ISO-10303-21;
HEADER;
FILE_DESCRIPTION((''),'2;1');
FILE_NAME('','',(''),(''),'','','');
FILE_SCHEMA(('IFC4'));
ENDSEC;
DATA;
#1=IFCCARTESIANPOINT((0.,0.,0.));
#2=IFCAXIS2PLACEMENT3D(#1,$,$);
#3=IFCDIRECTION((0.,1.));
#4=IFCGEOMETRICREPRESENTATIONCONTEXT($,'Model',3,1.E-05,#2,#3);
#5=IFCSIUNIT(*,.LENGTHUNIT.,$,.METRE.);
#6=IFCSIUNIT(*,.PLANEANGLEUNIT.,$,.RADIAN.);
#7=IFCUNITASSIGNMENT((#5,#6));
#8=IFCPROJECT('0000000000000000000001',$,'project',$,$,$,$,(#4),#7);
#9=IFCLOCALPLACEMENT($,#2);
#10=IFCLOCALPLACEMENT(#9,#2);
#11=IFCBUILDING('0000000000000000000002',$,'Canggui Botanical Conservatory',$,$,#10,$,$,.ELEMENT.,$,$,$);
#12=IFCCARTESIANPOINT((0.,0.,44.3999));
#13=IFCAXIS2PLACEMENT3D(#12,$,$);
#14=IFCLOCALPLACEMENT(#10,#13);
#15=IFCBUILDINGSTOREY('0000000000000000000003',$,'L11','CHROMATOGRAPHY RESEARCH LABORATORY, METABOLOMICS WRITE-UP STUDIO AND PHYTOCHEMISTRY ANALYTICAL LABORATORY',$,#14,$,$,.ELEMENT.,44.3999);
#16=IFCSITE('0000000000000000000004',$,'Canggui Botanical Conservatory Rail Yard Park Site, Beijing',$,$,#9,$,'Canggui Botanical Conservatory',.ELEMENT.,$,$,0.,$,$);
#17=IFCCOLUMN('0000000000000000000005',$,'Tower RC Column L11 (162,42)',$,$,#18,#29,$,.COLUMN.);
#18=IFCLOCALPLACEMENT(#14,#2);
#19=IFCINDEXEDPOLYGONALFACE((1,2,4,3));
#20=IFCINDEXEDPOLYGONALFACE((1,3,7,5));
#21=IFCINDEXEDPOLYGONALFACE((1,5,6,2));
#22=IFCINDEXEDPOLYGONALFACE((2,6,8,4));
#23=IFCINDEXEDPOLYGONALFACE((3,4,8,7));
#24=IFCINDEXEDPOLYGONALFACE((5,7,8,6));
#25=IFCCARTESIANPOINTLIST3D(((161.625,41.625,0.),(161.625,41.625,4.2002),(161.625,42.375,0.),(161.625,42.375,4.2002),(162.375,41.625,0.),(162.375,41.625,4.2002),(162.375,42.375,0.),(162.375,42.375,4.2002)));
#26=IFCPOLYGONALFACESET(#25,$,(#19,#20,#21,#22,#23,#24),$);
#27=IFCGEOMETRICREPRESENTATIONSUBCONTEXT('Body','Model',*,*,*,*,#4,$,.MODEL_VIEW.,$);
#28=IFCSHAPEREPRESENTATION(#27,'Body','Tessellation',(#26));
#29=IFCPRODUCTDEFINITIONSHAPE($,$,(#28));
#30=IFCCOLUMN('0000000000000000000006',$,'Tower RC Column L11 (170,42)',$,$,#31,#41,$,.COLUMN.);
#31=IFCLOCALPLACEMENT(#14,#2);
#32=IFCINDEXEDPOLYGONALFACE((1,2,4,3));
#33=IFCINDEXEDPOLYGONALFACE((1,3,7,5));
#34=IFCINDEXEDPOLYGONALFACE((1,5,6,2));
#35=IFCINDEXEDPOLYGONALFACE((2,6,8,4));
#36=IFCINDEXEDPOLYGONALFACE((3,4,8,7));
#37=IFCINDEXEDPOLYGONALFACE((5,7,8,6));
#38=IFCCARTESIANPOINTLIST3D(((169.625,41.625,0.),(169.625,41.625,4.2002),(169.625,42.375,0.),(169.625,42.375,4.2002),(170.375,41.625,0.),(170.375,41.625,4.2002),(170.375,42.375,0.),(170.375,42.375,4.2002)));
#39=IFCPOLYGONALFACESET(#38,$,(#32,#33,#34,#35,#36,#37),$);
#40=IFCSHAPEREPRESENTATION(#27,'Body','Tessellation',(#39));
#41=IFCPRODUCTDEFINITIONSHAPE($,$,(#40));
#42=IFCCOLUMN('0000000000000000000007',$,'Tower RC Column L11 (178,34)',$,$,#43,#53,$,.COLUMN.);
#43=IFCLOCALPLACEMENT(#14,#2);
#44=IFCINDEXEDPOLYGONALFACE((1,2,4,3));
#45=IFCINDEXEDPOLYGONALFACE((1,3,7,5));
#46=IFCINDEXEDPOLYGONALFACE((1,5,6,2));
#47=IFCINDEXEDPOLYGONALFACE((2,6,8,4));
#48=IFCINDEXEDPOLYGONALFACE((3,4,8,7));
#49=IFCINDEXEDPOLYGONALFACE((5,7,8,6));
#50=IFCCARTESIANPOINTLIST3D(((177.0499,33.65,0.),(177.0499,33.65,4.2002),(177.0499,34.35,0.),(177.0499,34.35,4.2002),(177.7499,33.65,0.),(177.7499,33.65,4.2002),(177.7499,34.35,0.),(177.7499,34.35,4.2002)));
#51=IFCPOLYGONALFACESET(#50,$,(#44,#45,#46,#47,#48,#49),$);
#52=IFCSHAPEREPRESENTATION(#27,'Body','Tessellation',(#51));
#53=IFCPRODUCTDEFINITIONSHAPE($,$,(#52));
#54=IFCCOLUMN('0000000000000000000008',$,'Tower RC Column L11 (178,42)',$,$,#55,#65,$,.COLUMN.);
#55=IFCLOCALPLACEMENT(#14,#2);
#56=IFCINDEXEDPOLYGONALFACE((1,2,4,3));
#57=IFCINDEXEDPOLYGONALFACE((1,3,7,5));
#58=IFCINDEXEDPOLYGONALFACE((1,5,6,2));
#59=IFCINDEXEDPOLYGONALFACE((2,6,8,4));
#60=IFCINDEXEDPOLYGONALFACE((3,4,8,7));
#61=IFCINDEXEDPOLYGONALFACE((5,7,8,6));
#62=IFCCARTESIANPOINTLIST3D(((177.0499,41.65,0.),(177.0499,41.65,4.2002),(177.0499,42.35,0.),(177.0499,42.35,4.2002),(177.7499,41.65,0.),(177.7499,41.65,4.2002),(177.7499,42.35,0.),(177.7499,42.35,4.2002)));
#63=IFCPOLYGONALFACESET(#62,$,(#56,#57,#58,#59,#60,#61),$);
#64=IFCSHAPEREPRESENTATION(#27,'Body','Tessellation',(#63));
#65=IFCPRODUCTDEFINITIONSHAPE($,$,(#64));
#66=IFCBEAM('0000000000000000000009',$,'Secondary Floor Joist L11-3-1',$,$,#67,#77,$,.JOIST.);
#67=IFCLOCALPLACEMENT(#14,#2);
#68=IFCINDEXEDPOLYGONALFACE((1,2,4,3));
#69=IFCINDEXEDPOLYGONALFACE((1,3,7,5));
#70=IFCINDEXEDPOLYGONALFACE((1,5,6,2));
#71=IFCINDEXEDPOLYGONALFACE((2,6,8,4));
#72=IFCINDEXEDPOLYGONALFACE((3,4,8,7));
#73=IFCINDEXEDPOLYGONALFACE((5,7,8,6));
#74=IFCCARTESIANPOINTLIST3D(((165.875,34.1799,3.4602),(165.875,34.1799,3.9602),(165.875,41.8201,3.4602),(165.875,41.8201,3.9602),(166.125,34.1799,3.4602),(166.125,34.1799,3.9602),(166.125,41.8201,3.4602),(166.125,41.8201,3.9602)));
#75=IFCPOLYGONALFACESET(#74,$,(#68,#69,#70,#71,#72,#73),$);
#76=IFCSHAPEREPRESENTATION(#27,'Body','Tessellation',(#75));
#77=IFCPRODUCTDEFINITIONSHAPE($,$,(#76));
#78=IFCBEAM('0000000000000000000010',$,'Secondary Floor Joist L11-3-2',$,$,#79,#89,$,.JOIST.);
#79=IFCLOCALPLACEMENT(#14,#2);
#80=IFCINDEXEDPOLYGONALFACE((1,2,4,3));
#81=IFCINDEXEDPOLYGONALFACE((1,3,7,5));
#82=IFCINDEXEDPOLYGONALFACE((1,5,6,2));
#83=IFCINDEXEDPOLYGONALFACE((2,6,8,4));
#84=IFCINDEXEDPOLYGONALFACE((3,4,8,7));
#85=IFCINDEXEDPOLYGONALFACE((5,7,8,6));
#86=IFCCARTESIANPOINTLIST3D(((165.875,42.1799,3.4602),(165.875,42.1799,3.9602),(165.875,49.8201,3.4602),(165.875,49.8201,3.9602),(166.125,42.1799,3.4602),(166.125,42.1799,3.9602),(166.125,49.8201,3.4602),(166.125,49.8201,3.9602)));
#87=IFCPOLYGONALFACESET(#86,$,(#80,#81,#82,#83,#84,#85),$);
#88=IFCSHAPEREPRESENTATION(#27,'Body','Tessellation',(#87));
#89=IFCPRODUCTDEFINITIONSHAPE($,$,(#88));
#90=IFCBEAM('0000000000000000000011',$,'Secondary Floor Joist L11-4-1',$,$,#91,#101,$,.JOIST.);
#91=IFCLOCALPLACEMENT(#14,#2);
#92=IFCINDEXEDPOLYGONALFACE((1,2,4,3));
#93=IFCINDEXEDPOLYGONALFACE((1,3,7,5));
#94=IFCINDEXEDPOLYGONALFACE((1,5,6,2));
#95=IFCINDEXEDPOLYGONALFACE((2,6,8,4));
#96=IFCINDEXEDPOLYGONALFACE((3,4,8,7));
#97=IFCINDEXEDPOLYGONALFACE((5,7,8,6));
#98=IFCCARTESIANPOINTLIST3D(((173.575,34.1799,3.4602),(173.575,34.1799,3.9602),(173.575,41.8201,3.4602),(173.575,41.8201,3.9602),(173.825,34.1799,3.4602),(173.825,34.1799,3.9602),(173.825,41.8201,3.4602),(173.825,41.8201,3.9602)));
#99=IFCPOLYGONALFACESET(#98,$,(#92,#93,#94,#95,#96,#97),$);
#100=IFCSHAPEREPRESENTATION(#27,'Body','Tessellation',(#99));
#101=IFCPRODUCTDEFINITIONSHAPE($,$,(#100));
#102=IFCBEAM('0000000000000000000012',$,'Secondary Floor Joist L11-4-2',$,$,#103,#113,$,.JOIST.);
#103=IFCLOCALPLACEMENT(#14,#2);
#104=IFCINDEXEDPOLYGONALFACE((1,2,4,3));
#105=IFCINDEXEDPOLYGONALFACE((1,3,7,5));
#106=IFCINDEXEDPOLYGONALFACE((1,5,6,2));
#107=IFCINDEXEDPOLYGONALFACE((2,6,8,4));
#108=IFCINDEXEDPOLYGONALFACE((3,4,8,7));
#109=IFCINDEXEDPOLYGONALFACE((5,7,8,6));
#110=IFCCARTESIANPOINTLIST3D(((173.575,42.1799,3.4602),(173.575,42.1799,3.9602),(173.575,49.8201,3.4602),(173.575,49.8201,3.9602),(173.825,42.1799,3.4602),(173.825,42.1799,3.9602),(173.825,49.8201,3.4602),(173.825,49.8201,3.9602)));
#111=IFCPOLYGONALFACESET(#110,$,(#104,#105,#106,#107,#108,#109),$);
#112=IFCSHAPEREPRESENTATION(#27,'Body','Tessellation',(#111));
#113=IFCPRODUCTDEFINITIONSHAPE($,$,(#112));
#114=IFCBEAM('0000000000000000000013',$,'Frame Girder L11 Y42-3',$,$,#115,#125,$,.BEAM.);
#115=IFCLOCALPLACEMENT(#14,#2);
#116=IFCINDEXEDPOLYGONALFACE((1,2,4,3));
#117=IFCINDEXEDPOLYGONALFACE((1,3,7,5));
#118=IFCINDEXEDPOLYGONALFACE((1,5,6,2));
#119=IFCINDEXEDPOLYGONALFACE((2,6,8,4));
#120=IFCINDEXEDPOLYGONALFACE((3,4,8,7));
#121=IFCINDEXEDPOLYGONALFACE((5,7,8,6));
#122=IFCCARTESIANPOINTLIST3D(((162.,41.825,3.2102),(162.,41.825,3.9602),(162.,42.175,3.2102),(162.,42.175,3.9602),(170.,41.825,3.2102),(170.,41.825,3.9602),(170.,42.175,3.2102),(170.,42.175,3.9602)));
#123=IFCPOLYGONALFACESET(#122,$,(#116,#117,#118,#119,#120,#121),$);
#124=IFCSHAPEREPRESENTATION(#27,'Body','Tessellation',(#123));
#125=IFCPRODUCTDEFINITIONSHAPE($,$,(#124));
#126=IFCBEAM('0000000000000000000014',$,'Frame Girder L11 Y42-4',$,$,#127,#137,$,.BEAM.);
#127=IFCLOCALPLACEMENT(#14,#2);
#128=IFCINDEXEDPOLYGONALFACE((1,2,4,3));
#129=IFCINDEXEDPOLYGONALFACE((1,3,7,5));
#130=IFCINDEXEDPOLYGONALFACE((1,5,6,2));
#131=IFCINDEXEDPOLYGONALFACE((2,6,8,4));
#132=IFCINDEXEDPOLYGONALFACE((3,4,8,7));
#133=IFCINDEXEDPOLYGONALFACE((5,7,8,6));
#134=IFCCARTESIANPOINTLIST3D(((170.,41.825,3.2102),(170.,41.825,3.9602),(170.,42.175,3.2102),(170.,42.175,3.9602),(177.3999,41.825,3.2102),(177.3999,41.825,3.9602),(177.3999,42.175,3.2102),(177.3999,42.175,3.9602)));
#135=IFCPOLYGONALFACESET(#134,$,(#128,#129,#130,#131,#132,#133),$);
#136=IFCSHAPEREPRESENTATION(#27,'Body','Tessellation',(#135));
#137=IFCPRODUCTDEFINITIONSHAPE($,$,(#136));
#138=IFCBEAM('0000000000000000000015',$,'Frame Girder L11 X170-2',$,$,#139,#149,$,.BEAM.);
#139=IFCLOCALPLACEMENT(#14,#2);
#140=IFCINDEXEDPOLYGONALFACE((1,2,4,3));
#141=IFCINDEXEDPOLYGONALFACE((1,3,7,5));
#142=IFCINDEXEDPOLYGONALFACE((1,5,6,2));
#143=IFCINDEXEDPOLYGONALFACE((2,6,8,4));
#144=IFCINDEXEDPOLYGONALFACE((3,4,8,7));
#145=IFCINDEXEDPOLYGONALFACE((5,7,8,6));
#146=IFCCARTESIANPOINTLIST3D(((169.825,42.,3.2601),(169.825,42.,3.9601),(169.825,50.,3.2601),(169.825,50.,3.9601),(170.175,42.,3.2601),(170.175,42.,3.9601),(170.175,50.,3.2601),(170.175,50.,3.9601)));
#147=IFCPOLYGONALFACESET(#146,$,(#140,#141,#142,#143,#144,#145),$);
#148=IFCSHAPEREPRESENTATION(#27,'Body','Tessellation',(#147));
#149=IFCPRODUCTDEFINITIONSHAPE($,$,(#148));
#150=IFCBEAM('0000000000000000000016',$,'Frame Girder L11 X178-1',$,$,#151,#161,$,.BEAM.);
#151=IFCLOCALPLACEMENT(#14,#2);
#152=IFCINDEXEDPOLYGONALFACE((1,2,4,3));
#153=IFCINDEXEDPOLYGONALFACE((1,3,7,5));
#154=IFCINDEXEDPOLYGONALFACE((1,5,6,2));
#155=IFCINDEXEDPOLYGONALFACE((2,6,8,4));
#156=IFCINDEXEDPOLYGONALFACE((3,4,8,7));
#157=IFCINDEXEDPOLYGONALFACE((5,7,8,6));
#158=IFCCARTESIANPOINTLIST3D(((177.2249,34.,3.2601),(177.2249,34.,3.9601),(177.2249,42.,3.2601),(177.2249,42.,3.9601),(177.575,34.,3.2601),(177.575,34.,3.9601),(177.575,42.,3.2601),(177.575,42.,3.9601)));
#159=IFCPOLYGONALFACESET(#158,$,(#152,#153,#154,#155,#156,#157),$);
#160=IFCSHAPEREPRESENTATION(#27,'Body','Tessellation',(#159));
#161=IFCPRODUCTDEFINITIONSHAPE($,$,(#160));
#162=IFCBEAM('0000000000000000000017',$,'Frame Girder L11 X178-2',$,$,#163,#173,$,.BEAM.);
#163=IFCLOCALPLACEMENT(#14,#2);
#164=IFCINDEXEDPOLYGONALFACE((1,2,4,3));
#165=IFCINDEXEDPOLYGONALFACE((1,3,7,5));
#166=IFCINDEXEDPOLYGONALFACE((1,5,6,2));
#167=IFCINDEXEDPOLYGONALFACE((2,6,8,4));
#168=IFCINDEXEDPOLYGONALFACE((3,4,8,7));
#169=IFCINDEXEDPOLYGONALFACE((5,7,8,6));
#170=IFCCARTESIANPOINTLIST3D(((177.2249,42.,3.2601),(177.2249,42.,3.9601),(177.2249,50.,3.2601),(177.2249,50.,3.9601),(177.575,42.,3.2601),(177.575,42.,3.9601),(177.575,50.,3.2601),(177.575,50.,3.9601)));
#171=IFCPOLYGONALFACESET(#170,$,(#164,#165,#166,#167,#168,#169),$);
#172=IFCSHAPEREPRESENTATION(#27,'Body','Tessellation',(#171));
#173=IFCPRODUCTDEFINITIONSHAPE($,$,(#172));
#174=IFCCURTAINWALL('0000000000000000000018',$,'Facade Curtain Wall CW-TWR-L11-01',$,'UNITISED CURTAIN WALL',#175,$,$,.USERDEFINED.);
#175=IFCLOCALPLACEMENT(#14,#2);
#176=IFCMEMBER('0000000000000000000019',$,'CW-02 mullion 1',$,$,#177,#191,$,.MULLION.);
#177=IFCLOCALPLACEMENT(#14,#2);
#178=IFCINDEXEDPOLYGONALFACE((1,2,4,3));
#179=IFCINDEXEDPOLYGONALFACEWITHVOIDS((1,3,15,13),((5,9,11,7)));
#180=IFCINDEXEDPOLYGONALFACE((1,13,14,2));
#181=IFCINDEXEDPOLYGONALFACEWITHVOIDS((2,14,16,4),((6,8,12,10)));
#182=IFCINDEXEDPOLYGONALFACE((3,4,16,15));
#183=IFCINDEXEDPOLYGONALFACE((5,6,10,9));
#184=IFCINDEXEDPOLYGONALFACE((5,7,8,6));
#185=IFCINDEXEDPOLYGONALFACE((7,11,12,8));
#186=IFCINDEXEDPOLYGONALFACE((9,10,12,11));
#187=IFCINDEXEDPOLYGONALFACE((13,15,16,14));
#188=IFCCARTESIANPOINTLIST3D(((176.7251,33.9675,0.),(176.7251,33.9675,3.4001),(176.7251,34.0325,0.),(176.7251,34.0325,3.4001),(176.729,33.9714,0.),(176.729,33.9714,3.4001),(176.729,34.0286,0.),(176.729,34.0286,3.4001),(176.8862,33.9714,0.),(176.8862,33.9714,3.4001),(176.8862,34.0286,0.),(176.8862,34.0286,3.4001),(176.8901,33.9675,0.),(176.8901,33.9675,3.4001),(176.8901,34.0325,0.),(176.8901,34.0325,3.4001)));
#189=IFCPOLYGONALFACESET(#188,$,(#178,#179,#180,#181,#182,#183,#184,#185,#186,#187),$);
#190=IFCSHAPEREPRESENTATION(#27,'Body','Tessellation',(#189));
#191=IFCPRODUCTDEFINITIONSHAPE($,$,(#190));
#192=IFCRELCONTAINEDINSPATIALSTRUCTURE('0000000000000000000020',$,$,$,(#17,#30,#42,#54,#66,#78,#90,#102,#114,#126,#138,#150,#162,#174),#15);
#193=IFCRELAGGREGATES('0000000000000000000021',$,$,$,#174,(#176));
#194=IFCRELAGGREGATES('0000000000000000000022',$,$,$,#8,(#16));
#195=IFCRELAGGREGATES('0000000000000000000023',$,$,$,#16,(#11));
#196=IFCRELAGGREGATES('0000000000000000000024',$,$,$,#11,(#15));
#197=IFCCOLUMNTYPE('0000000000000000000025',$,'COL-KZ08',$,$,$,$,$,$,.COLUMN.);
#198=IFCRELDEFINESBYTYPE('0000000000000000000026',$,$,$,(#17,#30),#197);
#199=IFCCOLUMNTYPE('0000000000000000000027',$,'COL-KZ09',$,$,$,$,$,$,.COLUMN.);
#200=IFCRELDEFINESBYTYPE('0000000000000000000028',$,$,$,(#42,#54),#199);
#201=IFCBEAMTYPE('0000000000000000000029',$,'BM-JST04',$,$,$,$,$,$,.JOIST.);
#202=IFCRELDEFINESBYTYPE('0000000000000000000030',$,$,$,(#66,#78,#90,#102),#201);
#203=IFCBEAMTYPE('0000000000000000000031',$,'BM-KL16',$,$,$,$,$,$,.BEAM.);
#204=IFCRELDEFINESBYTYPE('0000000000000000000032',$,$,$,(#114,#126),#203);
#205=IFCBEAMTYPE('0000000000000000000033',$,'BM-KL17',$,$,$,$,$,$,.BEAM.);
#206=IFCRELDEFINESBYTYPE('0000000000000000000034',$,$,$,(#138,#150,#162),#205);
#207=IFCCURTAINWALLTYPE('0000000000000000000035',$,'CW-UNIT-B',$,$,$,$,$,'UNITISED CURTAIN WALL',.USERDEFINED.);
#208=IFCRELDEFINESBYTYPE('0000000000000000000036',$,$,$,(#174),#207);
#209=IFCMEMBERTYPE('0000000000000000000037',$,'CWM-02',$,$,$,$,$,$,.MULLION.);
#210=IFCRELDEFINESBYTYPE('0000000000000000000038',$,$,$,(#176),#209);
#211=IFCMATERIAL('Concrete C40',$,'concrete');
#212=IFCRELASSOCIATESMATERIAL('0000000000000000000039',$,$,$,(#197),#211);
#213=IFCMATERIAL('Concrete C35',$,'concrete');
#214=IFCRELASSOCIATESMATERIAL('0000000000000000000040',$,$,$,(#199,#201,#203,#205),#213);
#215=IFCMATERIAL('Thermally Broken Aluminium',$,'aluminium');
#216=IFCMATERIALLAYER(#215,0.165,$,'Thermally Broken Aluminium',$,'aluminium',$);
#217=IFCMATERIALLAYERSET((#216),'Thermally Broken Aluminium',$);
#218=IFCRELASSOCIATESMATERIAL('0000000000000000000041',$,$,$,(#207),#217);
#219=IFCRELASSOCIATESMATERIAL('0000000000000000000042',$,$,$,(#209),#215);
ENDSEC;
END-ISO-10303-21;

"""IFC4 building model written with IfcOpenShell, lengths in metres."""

from ifc_helpers import new_model, si_unit, direction, frame, origin, origin_2d, place, context, subcontext, project, spatial, rectangle, hollow_rectangle, extrude, material, layer, layer_set, material_profile, profile_set, type_object, element, aggregate, save


model = new_model("IFC4")

# Units and contexts
model_context = context("Model", 3, precision=1e-05, world=origin(), true_north=direction((0.0, 1.0)))
body_context = subcontext(model_context, "Body", "Model", "MODEL_VIEW")
ifc_project = project(units=[si_unit("LENGTHUNIT", "METRE"), si_unit("PLANEANGLEUNIT", "RADIAN")], contexts=[model_context])

# Site, building, storey
site_placement = place(None, origin())
site = spatial("IfcSite", under=ifc_project, at=site_placement, Name="Canggui Botanical Conservatory Rail Yard Park Site, Beijing", LongName="Canggui Botanical Conservatory", CompositionType="ELEMENT", RefElevation=0.0)
building_placement = place(site_placement, origin())
building = spatial("IfcBuilding", under=site, at=building_placement, Name="Canggui Botanical Conservatory", CompositionType="ELEMENT")
storey_placement = place(building_placement, frame((0.0, 0.0, 44.3999)))
storey = spatial("IfcBuildingStorey", under=building, at=storey_placement, Name="L11", Description="CHROMATOGRAPHY RESEARCH LABORATORY, METABOLOMICS WRITE-UP STUDIO AND PHYTOCHEMISTRY ANALYTICAL LABORATORY", CompositionType="ELEMENT", Elevation=44.3999)

# Columns
ifc_material_1 = material(Name="Concrete C40", Category="concrete")
ifc_material_profile_1 = material_profile(ifc_material_1, rectangle(XDim=0.75, YDim=0.75, at=origin_2d()), Name="RC 750x750")
ifc_profile_set_1 = profile_set([ifc_material_profile_1], Name="Concrete C40")
column_type_1 = type_object("IfcColumnType", Name="COL-KZ08", PredefinedType="COLUMN", material=ifc_profile_set_1)
for number, where, z_axis, x_axis, name in (
    (1, (162.0, 42.0, 0.0), (0.0, 0.0, 1.0), (1.0, 0.0, 0.0), "Tower RC Column L11 (162,42)"),
    (2, (170.0, 42.0, 0.0), (0.0, 0.0, 1.0), (1.0, 0.0, 0.0), "Tower RC Column L11 (170,42)"),
):
    element("IfcColumn", number, at=place(storey_placement, frame(where, z_axis=z_axis, x_axis=x_axis)), inside=storey, type_object=column_type_1, Name=name, PredefinedType="COLUMN", context=body_context, shape_type="SweptSolid", body=[
        extrude(rectangle(XDim=0.75, YDim=0.75, at=origin_2d()), origin(), (0.0, 0.0, 1.0), 4.2002),
    ])
ifc_material_2 = material(Name="Concrete C35", Category="concrete")
ifc_material_profile_2 = material_profile(ifc_material_2, rectangle(XDim=0.7, YDim=0.7, at=origin_2d()), Name="RC 700x700")
ifc_profile_set_2 = profile_set([ifc_material_profile_2], Name="Concrete C35")
column_type_2 = type_object("IfcColumnType", Name="COL-KZ09", PredefinedType="COLUMN", material=ifc_profile_set_2)
for number, where, z_axis, x_axis, name in (
    (3, (177.3999, 34.0, 0.0), (0.0, 0.0, 1.0), (1.0, 0.0, 0.0), "Tower RC Column L11 (178,34)"),
    (4, (177.3999, 42.0, 0.0), (0.0, 0.0, 1.0), (1.0, 0.0, 0.0), "Tower RC Column L11 (178,42)"),
):
    element("IfcColumn", number, at=place(storey_placement, frame(where, z_axis=z_axis, x_axis=x_axis)), inside=storey, type_object=column_type_2, Name=name, PredefinedType="COLUMN", context=body_context, shape_type="SweptSolid", body=[
        extrude(rectangle(XDim=0.7, YDim=0.7, at=origin_2d()), origin(), (0.0, 0.0, 1.0), 4.2002),
    ])

# Beams
ifc_material_profile_3 = material_profile(ifc_material_2, rectangle(XDim=0.25, YDim=0.5, at=origin_2d()), Name="RB 250x500")
ifc_profile_set_3 = profile_set([ifc_material_profile_3], Name="Concrete C35")
beam_type_1 = type_object("IfcBeamType", Name="BM-JST04", PredefinedType="JOIST", material=ifc_profile_set_3)
for number, where, z_axis, x_axis, name in (
    (5, (166.0, 34.1799, 3.7102), (0.0, 1.0, 0.0), (-1.0, 0.0, 0.0), "Secondary Floor Joist L11-3-1"),
    (6, (166.0, 42.1799, 3.7102), (0.0, 1.0, 0.0), (-1.0, 0.0, 0.0), "Secondary Floor Joist L11-3-2"),
    (7, (173.7, 34.1799, 3.7102), (0.0, 1.0, 0.0), (-1.0, 0.0, 0.0), "Secondary Floor Joist L11-4-1"),
    (8, (173.7, 42.1799, 3.7102), (0.0, 1.0, 0.0), (-1.0, 0.0, 0.0), "Secondary Floor Joist L11-4-2"),
):
    element("IfcBeam", number, at=place(storey_placement, frame(where, z_axis=z_axis, x_axis=x_axis)), inside=storey, type_object=beam_type_1, Name=name, PredefinedType="JOIST", context=body_context, shape_type="SweptSolid", body=[
        extrude(rectangle(XDim=0.25, YDim=0.5, at=origin_2d()), origin(), (0.0, 0.0, 1.0), 7.6401),
    ])
ifc_material_profile_4 = material_profile(ifc_material_2, rectangle(XDim=0.3501, YDim=0.75, at=origin_2d()), Name="RB 350x750")
ifc_profile_set_4 = profile_set([ifc_material_profile_4], Name="Concrete C35")
beam_type_2 = type_object("IfcBeamType", Name="BM-KL16", PredefinedType="BEAM", material=ifc_profile_set_4)
beam_1_placement = place(storey_placement, frame((162.0, 42.0, 3.5852), z_axis=(1.0, 0.0, 0.0), x_axis=(0.0, 1.0, 0.0)))
element("IfcBeam", 9, at=beam_1_placement, inside=storey, type_object=beam_type_2, Name="Frame Girder L11 Y42-3", PredefinedType="BEAM", context=body_context, shape_type="SweptSolid", body=[
    extrude(rectangle(XDim=0.3501, YDim=0.75, at=origin_2d()), origin(), (0.0, 0.0, 1.0), 8.0),
])
beam_2_placement = place(storey_placement, frame((170.0, 42.0, 3.5852), z_axis=(1.0, 0.0, 0.0), x_axis=(0.0, 1.0, 0.0)))
element("IfcBeam", 10, at=beam_2_placement, inside=storey, type_object=beam_type_2, Name="Frame Girder L11 Y42-4", PredefinedType="BEAM", context=body_context, shape_type="SweptSolid", body=[
    extrude(rectangle(XDim=0.3501, YDim=0.75, at=origin_2d()), origin(), (0.0, 0.0, 1.0), 7.3999),
])
ifc_material_profile_5 = material_profile(ifc_material_2, rectangle(XDim=0.3501, YDim=0.7, at=origin_2d()), Name="RB 350x700")
ifc_profile_set_5 = profile_set([ifc_material_profile_5], Name="Concrete C35")
beam_type_3 = type_object("IfcBeamType", Name="BM-KL17", PredefinedType="BEAM", material=ifc_profile_set_5)
for number, where, z_axis, x_axis, name in (
    (11, (170.0, 42.0, 3.6101), (0.0, 1.0, 0.0), (-1.0, 0.0, 0.0), "Frame Girder L11 X170-2"),
    (12, (177.3999, 34.0, 3.6101), (0.0, 1.0, 0.0), (-1.0, 0.0, 0.0), "Frame Girder L11 X178-1"),
    (13, (177.3999, 42.0, 3.6101), (0.0, 1.0, 0.0), (-1.0, 0.0, 0.0), "Frame Girder L11 X178-2"),
):
    element("IfcBeam", number, at=place(storey_placement, frame(where, z_axis=z_axis, x_axis=x_axis)), inside=storey, type_object=beam_type_3, Name=name, PredefinedType="BEAM", context=body_context, shape_type="SweptSolid", body=[
        extrude(rectangle(XDim=0.3501, YDim=0.7, at=origin_2d()), origin(), (0.0, 0.0, 1.0), 8.0),
    ])

# Curtain wall, member
ifc_material_3 = material(Name="Thermally Broken Aluminium", Category="aluminium")
ifc_layer_1 = layer(ifc_material_3, 0.165, Name="Thermally Broken Aluminium", Category="aluminium")
ifc_layer_set_1 = layer_set([ifc_layer_1], Name="Thermally Broken Aluminium")
curtain_wall_type = type_object("IfcCurtainWallType", Name="CW-UNIT-B", ElementType="UNITISED CURTAIN WALL", PredefinedType="USERDEFINED", material=ifc_layer_set_1)
curtain_wall_placement = place(storey_placement, origin())
curtain_wall = element("IfcCurtainWall", 14, at=curtain_wall_placement, inside=storey, type_object=curtain_wall_type, Name="Facade Curtain Wall CW-TWR-L11-01", ObjectType="UNITISED CURTAIN WALL", PredefinedType="USERDEFINED")
ifc_material_profile_6 = material_profile(ifc_material_3, hollow_rectangle(XDim=0.0649, YDim=0.165, WallThickness=0.0039, at=origin_2d()), Name="CWM 65x165x4")
ifc_profile_set_6 = profile_set([ifc_material_profile_6], Name="Thermally Broken Aluminium")
member_type_1 = type_object("IfcMemberType", Name="CWM-02", PredefinedType="MULLION", material=ifc_profile_set_6)
member_1_placement = place(storey_placement, frame((176.8076, 34.0, 0.0), z_axis=(0.0, 0.0, 1.0), x_axis=(0.0, -1.0, 0.0)))
member_1 = element("IfcMember", 15, at=member_1_placement, type_object=member_type_1, Name="CW-02 mullion 1", PredefinedType="MULLION", context=body_context, shape_type="SweptSolid", body=[
    extrude(hollow_rectangle(XDim=0.0649, YDim=0.165, WallThickness=0.0039, at=origin_2d()), origin(), (0.0, 0.0, 1.0), 3.4001),
])
aggregate(curtain_wall, [member_1])

save(model, "model.ifc")
